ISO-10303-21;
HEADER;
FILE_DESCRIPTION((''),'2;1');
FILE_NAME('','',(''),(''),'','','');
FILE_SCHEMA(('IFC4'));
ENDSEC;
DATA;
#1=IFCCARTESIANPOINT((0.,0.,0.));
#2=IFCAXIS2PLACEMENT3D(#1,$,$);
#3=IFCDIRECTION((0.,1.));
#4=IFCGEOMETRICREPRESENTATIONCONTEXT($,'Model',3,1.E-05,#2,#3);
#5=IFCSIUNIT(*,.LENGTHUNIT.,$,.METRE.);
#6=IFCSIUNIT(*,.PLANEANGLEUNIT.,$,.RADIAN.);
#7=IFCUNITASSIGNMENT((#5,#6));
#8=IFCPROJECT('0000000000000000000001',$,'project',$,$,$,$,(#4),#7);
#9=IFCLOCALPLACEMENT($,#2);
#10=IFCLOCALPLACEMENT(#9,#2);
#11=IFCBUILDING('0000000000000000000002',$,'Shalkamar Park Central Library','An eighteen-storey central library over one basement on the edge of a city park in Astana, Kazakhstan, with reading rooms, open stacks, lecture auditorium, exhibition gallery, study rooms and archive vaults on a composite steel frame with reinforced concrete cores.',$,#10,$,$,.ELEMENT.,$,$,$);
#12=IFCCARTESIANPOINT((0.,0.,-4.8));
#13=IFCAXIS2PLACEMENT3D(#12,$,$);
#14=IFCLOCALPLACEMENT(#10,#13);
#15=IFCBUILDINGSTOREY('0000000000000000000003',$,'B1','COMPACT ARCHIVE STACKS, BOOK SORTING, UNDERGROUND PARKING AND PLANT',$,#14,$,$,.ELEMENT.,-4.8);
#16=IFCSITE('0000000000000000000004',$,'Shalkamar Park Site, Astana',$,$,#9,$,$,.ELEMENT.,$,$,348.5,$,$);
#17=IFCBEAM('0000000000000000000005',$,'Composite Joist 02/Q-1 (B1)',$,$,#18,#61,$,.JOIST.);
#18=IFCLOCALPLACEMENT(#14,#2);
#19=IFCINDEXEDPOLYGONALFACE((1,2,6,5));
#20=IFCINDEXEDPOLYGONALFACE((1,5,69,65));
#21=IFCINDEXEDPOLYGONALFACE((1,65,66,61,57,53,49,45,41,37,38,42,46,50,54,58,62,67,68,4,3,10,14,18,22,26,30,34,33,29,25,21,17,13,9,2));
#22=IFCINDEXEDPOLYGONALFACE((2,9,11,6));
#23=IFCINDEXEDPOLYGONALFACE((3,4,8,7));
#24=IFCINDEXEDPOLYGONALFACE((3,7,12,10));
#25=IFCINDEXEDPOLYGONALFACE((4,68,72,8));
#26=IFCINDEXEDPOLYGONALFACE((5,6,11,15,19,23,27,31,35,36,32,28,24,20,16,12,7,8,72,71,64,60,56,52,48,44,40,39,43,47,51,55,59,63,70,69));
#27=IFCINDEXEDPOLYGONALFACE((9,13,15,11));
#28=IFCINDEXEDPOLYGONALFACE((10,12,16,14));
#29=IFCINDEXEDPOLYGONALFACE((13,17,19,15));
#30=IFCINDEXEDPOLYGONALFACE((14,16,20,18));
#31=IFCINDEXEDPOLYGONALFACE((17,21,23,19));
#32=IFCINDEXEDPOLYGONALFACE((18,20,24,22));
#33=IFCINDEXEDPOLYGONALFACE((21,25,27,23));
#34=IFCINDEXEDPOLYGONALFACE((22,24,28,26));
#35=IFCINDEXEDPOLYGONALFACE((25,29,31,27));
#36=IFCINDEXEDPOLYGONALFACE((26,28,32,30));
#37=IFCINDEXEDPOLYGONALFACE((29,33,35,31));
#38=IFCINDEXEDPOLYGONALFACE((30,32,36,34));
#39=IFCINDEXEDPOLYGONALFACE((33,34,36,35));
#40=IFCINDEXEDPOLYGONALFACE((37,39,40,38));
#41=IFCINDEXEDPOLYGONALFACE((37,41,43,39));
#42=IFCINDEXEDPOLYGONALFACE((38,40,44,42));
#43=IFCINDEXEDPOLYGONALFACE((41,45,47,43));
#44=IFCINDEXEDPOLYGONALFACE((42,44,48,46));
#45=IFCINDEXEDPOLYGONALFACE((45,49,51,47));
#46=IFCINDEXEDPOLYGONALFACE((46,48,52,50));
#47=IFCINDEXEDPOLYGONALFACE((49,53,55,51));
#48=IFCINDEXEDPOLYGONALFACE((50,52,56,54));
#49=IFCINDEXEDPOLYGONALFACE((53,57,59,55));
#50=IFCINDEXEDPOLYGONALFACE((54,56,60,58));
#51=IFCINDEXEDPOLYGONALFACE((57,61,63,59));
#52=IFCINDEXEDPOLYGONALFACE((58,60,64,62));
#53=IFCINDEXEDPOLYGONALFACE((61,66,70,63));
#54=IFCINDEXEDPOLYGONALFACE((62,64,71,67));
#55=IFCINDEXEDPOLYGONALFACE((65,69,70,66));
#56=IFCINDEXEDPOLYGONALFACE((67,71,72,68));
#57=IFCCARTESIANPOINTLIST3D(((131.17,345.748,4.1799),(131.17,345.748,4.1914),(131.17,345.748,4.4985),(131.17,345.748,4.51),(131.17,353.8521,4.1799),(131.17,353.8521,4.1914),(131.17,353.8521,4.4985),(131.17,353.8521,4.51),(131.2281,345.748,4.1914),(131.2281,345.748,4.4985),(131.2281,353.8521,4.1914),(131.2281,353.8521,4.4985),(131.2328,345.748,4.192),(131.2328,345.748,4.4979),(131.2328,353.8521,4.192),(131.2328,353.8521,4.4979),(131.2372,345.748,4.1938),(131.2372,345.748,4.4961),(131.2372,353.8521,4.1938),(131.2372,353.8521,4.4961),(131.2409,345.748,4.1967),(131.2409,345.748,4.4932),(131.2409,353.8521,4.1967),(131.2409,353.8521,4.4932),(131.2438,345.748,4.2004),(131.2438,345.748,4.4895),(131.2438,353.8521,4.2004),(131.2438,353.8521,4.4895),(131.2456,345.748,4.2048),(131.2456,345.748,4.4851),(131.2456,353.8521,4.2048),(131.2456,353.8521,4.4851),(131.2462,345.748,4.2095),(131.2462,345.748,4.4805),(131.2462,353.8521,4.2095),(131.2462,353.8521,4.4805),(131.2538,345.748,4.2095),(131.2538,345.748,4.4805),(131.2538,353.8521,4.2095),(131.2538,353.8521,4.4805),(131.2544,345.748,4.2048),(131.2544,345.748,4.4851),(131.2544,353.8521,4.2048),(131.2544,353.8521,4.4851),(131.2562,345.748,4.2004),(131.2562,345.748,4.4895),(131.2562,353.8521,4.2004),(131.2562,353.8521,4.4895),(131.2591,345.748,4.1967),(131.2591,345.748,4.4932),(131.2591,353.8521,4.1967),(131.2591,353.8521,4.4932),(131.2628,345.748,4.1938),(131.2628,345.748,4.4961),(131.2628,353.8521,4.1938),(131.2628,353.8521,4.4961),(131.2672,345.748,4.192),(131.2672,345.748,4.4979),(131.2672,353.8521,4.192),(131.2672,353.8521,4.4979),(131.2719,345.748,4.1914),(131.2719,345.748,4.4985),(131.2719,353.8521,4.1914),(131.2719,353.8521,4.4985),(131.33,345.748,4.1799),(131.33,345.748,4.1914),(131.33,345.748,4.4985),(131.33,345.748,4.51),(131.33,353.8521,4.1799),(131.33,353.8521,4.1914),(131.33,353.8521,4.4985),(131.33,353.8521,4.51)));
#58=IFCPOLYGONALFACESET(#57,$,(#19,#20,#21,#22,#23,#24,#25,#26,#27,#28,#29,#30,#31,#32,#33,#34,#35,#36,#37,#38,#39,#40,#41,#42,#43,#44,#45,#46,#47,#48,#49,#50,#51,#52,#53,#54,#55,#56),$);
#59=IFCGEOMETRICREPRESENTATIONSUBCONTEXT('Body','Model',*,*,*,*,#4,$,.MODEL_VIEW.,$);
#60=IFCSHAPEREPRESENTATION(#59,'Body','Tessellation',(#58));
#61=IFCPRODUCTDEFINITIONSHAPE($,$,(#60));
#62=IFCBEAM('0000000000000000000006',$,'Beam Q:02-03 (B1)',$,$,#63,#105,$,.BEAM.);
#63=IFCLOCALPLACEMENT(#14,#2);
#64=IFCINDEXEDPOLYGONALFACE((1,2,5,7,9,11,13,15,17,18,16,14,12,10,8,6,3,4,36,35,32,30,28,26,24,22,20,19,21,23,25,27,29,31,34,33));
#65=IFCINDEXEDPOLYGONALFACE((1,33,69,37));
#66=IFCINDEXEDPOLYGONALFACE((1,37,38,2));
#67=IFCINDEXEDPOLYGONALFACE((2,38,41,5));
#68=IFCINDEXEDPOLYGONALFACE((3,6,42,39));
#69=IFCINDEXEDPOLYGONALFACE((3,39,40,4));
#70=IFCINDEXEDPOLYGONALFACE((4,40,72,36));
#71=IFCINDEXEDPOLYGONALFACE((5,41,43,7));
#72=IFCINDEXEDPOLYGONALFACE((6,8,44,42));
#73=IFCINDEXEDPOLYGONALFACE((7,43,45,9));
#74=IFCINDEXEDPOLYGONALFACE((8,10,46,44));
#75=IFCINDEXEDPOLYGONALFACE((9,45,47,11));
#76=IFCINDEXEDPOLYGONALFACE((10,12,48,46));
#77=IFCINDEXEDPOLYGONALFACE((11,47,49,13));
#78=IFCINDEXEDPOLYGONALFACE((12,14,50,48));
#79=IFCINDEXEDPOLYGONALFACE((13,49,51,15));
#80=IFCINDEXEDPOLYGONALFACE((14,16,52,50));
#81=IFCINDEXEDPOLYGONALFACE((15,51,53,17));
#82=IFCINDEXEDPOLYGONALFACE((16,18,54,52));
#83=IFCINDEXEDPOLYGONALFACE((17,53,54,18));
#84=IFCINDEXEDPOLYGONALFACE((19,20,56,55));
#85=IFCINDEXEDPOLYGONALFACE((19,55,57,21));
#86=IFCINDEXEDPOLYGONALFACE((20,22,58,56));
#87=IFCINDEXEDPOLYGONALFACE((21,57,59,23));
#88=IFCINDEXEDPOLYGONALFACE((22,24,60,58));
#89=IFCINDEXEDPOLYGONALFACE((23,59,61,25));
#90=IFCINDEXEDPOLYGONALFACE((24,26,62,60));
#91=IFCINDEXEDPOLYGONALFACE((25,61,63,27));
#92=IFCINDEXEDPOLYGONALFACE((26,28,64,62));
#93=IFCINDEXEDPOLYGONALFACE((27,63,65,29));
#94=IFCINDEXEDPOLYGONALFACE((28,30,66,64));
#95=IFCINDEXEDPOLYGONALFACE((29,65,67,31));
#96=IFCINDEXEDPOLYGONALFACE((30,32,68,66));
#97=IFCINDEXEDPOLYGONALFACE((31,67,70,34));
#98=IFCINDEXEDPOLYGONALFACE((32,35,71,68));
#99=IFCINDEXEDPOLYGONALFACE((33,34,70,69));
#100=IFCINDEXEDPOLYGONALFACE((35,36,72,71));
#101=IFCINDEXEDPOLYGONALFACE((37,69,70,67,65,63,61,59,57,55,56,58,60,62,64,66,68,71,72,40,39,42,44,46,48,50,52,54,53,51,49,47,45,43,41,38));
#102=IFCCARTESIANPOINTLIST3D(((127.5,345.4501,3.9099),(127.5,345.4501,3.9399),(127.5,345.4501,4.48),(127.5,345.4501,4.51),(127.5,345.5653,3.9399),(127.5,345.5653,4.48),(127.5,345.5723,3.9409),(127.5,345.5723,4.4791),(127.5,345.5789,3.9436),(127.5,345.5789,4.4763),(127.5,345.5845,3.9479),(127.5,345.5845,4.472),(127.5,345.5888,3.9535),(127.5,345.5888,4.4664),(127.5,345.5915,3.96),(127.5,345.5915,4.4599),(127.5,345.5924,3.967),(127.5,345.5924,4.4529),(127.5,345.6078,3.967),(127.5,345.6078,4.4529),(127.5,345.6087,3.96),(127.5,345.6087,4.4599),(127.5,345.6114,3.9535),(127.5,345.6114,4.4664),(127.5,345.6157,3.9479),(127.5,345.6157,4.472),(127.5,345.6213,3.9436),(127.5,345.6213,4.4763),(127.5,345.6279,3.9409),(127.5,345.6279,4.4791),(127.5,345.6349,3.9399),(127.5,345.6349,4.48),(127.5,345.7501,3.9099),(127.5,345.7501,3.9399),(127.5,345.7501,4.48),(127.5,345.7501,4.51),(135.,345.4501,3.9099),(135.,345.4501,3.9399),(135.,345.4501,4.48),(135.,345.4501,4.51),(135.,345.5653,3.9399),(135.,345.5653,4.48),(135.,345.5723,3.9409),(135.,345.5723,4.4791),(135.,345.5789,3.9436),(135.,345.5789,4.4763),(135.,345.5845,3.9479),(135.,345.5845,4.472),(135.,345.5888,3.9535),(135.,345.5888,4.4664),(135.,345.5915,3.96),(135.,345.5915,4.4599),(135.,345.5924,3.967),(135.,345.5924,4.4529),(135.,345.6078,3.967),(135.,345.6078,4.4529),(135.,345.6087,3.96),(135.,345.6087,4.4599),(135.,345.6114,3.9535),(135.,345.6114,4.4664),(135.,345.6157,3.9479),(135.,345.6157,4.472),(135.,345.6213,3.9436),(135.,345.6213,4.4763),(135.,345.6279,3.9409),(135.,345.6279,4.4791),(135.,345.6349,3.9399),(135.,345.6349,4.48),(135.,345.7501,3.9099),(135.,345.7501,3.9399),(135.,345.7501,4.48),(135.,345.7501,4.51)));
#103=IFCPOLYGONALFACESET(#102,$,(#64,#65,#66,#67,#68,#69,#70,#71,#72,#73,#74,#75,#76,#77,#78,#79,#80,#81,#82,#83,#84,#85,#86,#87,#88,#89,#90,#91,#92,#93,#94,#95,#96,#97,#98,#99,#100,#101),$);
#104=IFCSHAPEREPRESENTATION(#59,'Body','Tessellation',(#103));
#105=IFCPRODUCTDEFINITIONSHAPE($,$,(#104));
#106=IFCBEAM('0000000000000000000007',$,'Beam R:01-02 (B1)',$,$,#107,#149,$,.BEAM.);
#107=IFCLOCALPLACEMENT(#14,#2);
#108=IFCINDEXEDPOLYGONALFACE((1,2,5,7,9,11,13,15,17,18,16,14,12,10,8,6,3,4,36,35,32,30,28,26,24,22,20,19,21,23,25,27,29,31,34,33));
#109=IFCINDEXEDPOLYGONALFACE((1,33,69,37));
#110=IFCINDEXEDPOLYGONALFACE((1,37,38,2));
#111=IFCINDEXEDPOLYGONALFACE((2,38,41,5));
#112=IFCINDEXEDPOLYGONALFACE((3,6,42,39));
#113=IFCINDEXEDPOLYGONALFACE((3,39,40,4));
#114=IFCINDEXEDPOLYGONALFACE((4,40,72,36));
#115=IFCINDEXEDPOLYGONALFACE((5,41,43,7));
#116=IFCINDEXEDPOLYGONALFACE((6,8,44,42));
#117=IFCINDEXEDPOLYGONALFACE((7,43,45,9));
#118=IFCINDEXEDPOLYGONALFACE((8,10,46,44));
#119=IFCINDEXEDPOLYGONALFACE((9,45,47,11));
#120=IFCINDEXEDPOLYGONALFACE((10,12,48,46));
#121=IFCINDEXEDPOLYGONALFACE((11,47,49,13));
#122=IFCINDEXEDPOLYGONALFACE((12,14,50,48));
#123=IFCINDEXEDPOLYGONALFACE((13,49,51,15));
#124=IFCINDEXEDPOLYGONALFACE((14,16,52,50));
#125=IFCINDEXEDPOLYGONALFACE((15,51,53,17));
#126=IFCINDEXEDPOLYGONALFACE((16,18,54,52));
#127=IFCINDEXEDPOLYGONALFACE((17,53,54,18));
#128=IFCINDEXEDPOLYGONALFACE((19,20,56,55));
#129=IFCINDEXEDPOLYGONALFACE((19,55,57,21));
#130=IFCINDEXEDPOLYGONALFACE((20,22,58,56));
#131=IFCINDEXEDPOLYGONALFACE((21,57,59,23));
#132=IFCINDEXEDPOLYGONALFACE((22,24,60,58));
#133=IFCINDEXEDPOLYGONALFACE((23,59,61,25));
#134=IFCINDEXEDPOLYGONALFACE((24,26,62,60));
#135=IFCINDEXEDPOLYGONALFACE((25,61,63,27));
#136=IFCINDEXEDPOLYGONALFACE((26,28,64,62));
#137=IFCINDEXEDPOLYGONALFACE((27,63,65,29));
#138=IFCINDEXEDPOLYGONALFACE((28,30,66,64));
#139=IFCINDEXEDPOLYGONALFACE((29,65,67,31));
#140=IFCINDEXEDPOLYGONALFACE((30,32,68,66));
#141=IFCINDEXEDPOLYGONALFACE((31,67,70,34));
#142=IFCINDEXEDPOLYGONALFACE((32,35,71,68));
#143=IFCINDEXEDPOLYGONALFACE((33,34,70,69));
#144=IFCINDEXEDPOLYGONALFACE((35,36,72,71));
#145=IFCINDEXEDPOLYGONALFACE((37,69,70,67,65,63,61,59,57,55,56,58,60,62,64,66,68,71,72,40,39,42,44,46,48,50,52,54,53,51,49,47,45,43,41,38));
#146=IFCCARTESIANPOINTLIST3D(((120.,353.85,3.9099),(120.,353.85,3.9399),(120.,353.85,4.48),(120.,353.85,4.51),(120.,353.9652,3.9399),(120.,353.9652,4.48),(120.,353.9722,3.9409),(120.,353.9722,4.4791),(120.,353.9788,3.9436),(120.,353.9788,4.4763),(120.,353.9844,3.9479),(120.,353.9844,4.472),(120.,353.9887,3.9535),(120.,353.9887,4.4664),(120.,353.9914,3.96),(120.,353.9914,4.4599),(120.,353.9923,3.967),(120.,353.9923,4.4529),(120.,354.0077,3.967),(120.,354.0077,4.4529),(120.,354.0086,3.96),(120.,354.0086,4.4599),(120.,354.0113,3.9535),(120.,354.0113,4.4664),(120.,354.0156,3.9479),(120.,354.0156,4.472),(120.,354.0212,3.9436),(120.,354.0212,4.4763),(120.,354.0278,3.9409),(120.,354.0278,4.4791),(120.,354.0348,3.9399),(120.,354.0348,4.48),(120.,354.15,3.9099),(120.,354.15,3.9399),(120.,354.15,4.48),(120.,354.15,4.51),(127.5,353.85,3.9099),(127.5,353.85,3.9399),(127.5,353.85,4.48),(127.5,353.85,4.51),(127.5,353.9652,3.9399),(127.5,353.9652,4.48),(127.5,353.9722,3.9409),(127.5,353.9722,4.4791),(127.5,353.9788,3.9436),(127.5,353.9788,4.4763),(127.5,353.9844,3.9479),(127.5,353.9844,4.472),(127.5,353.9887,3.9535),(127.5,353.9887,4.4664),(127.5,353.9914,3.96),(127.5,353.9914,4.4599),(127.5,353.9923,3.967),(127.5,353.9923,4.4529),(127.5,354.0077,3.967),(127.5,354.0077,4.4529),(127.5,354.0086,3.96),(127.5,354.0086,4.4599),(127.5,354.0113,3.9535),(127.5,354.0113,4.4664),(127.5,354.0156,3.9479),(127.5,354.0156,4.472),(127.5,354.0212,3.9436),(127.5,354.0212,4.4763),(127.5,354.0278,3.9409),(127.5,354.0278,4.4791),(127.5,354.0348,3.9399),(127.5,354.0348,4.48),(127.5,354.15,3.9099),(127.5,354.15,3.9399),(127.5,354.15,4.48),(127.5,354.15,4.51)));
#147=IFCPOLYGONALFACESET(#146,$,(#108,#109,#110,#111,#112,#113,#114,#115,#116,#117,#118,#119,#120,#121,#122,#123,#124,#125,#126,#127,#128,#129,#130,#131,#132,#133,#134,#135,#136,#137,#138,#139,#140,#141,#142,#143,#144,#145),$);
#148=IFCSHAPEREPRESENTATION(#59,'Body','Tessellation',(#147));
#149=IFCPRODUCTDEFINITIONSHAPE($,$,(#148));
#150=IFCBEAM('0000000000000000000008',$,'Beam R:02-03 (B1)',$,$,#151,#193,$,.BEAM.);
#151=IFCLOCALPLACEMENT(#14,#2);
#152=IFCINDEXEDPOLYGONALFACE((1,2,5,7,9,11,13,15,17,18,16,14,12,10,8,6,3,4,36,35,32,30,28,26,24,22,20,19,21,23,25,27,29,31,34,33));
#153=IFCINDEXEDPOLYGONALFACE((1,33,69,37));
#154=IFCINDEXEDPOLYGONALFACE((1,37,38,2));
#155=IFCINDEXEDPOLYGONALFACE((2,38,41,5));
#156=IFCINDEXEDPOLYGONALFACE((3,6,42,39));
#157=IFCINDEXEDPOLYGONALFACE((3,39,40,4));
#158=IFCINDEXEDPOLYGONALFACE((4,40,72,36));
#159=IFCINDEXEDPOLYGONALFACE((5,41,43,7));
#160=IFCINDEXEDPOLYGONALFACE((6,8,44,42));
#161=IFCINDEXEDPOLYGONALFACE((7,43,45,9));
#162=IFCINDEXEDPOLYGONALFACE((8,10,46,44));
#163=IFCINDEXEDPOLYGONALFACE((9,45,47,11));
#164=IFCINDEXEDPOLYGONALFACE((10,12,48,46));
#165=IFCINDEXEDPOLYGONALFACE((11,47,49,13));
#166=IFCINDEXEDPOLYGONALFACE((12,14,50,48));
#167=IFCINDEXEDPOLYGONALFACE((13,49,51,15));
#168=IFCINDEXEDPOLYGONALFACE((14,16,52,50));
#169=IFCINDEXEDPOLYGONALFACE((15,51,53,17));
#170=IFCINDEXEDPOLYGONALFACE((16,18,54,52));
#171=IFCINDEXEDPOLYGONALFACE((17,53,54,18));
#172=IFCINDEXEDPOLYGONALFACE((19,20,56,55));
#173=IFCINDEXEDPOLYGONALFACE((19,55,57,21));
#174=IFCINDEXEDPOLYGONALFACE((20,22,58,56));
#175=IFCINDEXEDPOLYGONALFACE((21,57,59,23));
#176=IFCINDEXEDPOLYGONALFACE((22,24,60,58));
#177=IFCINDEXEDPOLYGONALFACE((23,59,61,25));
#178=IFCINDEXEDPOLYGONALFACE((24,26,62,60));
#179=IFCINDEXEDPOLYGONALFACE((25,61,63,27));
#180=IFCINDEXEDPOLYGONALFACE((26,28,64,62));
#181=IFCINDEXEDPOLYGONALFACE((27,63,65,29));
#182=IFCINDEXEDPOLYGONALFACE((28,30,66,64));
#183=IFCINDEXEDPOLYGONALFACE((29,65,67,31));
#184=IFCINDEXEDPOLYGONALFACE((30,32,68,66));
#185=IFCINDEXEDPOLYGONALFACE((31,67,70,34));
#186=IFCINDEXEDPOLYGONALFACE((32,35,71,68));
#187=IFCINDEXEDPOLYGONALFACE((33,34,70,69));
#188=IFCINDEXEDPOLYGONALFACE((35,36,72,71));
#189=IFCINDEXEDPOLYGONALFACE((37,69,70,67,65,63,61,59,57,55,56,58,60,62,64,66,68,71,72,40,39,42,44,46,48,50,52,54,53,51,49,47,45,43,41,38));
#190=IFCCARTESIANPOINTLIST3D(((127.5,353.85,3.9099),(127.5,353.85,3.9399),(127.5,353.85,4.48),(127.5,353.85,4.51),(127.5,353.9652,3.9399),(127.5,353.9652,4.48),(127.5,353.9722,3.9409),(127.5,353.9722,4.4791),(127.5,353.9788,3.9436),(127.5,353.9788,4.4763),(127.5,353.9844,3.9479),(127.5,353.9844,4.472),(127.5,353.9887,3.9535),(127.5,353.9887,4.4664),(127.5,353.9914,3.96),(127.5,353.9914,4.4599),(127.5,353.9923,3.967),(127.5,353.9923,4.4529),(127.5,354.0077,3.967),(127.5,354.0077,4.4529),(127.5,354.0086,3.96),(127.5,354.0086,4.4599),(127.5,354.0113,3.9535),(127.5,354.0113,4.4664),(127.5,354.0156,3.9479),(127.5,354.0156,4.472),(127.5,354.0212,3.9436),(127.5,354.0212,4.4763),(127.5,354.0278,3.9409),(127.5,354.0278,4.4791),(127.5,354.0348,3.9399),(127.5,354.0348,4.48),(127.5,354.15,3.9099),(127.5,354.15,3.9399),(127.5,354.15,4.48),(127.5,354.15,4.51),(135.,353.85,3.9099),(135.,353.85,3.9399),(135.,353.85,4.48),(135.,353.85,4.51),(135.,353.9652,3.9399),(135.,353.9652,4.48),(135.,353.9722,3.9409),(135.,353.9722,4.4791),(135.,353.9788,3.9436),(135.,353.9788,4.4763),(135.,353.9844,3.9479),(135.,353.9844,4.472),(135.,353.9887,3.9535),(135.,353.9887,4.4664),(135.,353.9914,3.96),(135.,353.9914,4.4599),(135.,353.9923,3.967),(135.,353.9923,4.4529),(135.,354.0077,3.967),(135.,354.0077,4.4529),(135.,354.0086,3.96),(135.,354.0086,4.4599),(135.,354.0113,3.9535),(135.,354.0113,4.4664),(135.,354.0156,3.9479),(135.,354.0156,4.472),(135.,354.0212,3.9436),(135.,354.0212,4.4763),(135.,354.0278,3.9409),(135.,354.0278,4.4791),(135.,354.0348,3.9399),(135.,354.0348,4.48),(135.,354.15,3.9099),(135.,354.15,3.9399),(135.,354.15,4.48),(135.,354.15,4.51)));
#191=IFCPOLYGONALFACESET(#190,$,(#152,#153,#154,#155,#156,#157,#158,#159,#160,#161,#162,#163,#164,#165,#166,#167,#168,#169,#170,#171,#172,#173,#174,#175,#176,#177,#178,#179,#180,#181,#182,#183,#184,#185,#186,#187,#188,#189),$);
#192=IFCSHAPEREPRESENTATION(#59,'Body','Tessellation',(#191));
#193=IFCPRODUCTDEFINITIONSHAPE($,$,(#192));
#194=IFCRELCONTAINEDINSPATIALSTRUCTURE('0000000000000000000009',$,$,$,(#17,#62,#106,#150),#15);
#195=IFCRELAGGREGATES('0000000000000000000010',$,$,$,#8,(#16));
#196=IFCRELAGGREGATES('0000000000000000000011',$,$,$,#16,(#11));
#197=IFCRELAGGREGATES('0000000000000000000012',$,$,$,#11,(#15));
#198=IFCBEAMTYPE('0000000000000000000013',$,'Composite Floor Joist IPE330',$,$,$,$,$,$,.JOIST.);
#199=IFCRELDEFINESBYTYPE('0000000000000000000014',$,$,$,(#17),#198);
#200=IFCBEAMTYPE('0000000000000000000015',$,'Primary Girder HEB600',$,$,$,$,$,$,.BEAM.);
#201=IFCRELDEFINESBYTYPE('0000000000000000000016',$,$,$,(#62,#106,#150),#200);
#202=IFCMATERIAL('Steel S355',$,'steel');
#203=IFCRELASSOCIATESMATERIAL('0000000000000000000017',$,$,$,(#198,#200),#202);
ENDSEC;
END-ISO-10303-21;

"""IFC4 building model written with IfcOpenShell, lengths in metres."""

from ifc_helpers import new_model, si_unit, direction, frame, origin, origin_2d, place, context, subcontext, project, spatial, i_section, extrude, material, material_profile, profile_set, type_object, element, save


model = new_model("IFC4")

# Units and contexts
model_context = context("Model", 3, precision=1e-05, world=origin(), true_north=direction((0.0, 1.0)))
body_context = subcontext(model_context, "Body", "Model", "MODEL_VIEW")
ifc_project = project(units=[si_unit("LENGTHUNIT", "METRE"), si_unit("PLANEANGLEUNIT", "RADIAN")], contexts=[model_context])

# Site, building, storey
site_placement = place(None, origin())
site = spatial("IfcSite", under=ifc_project, at=site_placement, Name="Shalkamar Park Site, Astana", CompositionType="ELEMENT", RefElevation=348.5)
building_placement = place(site_placement, origin())
building = spatial("IfcBuilding", under=site, at=building_placement, Name="Shalkamar Park Central Library", Description="An eighteen-storey central library over one basement on the edge of a city park in Astana, Kazakhstan, with reading rooms, open stacks, lecture auditorium, exhibition gallery, study rooms and archive vaults on a composite steel frame with reinforced concrete cores.", CompositionType="ELEMENT")
storey_placement = place(building_placement, frame((0.0, 0.0, -4.8)))
storey = spatial("IfcBuildingStorey", under=building, at=storey_placement, Name="B1", Description="COMPACT ARCHIVE STACKS, BOOK SORTING, UNDERGROUND PARKING AND PLANT", CompositionType="ELEMENT", Elevation=-4.8)

# Shared definitions
ifc_material_1 = material(Name="Steel S355", Category="steel")

# Beams
ifc_material_profile_1 = material_profile(ifc_material_1, i_section(OverallWidth=0.1599, OverallDepth=0.3301, WebThickness=0.0076, FlangeThickness=0.0115, FilletRadius=0.0181, at=origin_2d()), Name="IPE 330")
ifc_profile_set_1 = profile_set([ifc_material_profile_1], Name="Steel S355")
beam_type_1 = type_object("IfcBeamType", Name="Composite Floor Joist IPE330", PredefinedType="JOIST", material=ifc_profile_set_1)
for number, where, z_axis, x_axis, name in (
    (1, (131.25, 345.748, 4.345), (0.0, 1.0, 0.0), (-1.0, 0.0, 0.0), "Composite Joist 02/Q-1 (B1)"),
):
    element("IfcBeam", number, at=place(storey_placement, frame(where, z_axis=z_axis, x_axis=x_axis)), inside=storey, type_object=beam_type_1, Name=name, PredefinedType="JOIST", context=body_context, shape_type="SweptSolid", body=[
        extrude(i_section(OverallWidth=0.1599, OverallDepth=0.3301, WebThickness=0.0076, FlangeThickness=0.0115, FilletRadius=0.0181, at=origin_2d()), origin(), (0.0, 0.0, 1.0), 8.104),
    ])
ifc_material_profile_2 = material_profile(ifc_material_1, i_section(OverallWidth=0.3, OverallDepth=0.6001, WebThickness=0.0154, FlangeThickness=0.03, FilletRadius=0.0271, at=origin_2d()), Name="HEB 600")
ifc_profile_set_2 = profile_set([ifc_material_profile_2], Name="Steel S355")
beam_type_2 = type_object("IfcBeamType", Name="Primary Girder HEB600", PredefinedType="BEAM", material=ifc_profile_set_2)
for number, where, z_axis, x_axis, name in (
    (2, (127.5, 345.6001, 4.21), (1.0, 0.0, 0.0), (0.0, 1.0, 0.0), "Beam Q:02-03 (B1)"),
    (3, (120.0, 354.0, 4.21), (1.0, 0.0, 0.0), (0.0, 1.0, 0.0), "Beam R:01-02 (B1)"),
    (4, (127.5, 354.0, 4.21), (1.0, 0.0, 0.0), (0.0, 1.0, 0.0), "Beam R:02-03 (B1)"),
):
    element("IfcBeam", number, at=place(storey_placement, frame(where, z_axis=z_axis, x_axis=x_axis)), inside=storey, type_object=beam_type_2, Name=name, PredefinedType="BEAM", context=body_context, shape_type="SweptSolid", body=[
        extrude(i_section(OverallWidth=0.3, OverallDepth=0.6001, WebThickness=0.0154, FlangeThickness=0.03, FilletRadius=0.0271, at=origin_2d()), origin(), (0.0, 0.0, 1.0), 7.5),
    ])

save(model, "model.ifc")
